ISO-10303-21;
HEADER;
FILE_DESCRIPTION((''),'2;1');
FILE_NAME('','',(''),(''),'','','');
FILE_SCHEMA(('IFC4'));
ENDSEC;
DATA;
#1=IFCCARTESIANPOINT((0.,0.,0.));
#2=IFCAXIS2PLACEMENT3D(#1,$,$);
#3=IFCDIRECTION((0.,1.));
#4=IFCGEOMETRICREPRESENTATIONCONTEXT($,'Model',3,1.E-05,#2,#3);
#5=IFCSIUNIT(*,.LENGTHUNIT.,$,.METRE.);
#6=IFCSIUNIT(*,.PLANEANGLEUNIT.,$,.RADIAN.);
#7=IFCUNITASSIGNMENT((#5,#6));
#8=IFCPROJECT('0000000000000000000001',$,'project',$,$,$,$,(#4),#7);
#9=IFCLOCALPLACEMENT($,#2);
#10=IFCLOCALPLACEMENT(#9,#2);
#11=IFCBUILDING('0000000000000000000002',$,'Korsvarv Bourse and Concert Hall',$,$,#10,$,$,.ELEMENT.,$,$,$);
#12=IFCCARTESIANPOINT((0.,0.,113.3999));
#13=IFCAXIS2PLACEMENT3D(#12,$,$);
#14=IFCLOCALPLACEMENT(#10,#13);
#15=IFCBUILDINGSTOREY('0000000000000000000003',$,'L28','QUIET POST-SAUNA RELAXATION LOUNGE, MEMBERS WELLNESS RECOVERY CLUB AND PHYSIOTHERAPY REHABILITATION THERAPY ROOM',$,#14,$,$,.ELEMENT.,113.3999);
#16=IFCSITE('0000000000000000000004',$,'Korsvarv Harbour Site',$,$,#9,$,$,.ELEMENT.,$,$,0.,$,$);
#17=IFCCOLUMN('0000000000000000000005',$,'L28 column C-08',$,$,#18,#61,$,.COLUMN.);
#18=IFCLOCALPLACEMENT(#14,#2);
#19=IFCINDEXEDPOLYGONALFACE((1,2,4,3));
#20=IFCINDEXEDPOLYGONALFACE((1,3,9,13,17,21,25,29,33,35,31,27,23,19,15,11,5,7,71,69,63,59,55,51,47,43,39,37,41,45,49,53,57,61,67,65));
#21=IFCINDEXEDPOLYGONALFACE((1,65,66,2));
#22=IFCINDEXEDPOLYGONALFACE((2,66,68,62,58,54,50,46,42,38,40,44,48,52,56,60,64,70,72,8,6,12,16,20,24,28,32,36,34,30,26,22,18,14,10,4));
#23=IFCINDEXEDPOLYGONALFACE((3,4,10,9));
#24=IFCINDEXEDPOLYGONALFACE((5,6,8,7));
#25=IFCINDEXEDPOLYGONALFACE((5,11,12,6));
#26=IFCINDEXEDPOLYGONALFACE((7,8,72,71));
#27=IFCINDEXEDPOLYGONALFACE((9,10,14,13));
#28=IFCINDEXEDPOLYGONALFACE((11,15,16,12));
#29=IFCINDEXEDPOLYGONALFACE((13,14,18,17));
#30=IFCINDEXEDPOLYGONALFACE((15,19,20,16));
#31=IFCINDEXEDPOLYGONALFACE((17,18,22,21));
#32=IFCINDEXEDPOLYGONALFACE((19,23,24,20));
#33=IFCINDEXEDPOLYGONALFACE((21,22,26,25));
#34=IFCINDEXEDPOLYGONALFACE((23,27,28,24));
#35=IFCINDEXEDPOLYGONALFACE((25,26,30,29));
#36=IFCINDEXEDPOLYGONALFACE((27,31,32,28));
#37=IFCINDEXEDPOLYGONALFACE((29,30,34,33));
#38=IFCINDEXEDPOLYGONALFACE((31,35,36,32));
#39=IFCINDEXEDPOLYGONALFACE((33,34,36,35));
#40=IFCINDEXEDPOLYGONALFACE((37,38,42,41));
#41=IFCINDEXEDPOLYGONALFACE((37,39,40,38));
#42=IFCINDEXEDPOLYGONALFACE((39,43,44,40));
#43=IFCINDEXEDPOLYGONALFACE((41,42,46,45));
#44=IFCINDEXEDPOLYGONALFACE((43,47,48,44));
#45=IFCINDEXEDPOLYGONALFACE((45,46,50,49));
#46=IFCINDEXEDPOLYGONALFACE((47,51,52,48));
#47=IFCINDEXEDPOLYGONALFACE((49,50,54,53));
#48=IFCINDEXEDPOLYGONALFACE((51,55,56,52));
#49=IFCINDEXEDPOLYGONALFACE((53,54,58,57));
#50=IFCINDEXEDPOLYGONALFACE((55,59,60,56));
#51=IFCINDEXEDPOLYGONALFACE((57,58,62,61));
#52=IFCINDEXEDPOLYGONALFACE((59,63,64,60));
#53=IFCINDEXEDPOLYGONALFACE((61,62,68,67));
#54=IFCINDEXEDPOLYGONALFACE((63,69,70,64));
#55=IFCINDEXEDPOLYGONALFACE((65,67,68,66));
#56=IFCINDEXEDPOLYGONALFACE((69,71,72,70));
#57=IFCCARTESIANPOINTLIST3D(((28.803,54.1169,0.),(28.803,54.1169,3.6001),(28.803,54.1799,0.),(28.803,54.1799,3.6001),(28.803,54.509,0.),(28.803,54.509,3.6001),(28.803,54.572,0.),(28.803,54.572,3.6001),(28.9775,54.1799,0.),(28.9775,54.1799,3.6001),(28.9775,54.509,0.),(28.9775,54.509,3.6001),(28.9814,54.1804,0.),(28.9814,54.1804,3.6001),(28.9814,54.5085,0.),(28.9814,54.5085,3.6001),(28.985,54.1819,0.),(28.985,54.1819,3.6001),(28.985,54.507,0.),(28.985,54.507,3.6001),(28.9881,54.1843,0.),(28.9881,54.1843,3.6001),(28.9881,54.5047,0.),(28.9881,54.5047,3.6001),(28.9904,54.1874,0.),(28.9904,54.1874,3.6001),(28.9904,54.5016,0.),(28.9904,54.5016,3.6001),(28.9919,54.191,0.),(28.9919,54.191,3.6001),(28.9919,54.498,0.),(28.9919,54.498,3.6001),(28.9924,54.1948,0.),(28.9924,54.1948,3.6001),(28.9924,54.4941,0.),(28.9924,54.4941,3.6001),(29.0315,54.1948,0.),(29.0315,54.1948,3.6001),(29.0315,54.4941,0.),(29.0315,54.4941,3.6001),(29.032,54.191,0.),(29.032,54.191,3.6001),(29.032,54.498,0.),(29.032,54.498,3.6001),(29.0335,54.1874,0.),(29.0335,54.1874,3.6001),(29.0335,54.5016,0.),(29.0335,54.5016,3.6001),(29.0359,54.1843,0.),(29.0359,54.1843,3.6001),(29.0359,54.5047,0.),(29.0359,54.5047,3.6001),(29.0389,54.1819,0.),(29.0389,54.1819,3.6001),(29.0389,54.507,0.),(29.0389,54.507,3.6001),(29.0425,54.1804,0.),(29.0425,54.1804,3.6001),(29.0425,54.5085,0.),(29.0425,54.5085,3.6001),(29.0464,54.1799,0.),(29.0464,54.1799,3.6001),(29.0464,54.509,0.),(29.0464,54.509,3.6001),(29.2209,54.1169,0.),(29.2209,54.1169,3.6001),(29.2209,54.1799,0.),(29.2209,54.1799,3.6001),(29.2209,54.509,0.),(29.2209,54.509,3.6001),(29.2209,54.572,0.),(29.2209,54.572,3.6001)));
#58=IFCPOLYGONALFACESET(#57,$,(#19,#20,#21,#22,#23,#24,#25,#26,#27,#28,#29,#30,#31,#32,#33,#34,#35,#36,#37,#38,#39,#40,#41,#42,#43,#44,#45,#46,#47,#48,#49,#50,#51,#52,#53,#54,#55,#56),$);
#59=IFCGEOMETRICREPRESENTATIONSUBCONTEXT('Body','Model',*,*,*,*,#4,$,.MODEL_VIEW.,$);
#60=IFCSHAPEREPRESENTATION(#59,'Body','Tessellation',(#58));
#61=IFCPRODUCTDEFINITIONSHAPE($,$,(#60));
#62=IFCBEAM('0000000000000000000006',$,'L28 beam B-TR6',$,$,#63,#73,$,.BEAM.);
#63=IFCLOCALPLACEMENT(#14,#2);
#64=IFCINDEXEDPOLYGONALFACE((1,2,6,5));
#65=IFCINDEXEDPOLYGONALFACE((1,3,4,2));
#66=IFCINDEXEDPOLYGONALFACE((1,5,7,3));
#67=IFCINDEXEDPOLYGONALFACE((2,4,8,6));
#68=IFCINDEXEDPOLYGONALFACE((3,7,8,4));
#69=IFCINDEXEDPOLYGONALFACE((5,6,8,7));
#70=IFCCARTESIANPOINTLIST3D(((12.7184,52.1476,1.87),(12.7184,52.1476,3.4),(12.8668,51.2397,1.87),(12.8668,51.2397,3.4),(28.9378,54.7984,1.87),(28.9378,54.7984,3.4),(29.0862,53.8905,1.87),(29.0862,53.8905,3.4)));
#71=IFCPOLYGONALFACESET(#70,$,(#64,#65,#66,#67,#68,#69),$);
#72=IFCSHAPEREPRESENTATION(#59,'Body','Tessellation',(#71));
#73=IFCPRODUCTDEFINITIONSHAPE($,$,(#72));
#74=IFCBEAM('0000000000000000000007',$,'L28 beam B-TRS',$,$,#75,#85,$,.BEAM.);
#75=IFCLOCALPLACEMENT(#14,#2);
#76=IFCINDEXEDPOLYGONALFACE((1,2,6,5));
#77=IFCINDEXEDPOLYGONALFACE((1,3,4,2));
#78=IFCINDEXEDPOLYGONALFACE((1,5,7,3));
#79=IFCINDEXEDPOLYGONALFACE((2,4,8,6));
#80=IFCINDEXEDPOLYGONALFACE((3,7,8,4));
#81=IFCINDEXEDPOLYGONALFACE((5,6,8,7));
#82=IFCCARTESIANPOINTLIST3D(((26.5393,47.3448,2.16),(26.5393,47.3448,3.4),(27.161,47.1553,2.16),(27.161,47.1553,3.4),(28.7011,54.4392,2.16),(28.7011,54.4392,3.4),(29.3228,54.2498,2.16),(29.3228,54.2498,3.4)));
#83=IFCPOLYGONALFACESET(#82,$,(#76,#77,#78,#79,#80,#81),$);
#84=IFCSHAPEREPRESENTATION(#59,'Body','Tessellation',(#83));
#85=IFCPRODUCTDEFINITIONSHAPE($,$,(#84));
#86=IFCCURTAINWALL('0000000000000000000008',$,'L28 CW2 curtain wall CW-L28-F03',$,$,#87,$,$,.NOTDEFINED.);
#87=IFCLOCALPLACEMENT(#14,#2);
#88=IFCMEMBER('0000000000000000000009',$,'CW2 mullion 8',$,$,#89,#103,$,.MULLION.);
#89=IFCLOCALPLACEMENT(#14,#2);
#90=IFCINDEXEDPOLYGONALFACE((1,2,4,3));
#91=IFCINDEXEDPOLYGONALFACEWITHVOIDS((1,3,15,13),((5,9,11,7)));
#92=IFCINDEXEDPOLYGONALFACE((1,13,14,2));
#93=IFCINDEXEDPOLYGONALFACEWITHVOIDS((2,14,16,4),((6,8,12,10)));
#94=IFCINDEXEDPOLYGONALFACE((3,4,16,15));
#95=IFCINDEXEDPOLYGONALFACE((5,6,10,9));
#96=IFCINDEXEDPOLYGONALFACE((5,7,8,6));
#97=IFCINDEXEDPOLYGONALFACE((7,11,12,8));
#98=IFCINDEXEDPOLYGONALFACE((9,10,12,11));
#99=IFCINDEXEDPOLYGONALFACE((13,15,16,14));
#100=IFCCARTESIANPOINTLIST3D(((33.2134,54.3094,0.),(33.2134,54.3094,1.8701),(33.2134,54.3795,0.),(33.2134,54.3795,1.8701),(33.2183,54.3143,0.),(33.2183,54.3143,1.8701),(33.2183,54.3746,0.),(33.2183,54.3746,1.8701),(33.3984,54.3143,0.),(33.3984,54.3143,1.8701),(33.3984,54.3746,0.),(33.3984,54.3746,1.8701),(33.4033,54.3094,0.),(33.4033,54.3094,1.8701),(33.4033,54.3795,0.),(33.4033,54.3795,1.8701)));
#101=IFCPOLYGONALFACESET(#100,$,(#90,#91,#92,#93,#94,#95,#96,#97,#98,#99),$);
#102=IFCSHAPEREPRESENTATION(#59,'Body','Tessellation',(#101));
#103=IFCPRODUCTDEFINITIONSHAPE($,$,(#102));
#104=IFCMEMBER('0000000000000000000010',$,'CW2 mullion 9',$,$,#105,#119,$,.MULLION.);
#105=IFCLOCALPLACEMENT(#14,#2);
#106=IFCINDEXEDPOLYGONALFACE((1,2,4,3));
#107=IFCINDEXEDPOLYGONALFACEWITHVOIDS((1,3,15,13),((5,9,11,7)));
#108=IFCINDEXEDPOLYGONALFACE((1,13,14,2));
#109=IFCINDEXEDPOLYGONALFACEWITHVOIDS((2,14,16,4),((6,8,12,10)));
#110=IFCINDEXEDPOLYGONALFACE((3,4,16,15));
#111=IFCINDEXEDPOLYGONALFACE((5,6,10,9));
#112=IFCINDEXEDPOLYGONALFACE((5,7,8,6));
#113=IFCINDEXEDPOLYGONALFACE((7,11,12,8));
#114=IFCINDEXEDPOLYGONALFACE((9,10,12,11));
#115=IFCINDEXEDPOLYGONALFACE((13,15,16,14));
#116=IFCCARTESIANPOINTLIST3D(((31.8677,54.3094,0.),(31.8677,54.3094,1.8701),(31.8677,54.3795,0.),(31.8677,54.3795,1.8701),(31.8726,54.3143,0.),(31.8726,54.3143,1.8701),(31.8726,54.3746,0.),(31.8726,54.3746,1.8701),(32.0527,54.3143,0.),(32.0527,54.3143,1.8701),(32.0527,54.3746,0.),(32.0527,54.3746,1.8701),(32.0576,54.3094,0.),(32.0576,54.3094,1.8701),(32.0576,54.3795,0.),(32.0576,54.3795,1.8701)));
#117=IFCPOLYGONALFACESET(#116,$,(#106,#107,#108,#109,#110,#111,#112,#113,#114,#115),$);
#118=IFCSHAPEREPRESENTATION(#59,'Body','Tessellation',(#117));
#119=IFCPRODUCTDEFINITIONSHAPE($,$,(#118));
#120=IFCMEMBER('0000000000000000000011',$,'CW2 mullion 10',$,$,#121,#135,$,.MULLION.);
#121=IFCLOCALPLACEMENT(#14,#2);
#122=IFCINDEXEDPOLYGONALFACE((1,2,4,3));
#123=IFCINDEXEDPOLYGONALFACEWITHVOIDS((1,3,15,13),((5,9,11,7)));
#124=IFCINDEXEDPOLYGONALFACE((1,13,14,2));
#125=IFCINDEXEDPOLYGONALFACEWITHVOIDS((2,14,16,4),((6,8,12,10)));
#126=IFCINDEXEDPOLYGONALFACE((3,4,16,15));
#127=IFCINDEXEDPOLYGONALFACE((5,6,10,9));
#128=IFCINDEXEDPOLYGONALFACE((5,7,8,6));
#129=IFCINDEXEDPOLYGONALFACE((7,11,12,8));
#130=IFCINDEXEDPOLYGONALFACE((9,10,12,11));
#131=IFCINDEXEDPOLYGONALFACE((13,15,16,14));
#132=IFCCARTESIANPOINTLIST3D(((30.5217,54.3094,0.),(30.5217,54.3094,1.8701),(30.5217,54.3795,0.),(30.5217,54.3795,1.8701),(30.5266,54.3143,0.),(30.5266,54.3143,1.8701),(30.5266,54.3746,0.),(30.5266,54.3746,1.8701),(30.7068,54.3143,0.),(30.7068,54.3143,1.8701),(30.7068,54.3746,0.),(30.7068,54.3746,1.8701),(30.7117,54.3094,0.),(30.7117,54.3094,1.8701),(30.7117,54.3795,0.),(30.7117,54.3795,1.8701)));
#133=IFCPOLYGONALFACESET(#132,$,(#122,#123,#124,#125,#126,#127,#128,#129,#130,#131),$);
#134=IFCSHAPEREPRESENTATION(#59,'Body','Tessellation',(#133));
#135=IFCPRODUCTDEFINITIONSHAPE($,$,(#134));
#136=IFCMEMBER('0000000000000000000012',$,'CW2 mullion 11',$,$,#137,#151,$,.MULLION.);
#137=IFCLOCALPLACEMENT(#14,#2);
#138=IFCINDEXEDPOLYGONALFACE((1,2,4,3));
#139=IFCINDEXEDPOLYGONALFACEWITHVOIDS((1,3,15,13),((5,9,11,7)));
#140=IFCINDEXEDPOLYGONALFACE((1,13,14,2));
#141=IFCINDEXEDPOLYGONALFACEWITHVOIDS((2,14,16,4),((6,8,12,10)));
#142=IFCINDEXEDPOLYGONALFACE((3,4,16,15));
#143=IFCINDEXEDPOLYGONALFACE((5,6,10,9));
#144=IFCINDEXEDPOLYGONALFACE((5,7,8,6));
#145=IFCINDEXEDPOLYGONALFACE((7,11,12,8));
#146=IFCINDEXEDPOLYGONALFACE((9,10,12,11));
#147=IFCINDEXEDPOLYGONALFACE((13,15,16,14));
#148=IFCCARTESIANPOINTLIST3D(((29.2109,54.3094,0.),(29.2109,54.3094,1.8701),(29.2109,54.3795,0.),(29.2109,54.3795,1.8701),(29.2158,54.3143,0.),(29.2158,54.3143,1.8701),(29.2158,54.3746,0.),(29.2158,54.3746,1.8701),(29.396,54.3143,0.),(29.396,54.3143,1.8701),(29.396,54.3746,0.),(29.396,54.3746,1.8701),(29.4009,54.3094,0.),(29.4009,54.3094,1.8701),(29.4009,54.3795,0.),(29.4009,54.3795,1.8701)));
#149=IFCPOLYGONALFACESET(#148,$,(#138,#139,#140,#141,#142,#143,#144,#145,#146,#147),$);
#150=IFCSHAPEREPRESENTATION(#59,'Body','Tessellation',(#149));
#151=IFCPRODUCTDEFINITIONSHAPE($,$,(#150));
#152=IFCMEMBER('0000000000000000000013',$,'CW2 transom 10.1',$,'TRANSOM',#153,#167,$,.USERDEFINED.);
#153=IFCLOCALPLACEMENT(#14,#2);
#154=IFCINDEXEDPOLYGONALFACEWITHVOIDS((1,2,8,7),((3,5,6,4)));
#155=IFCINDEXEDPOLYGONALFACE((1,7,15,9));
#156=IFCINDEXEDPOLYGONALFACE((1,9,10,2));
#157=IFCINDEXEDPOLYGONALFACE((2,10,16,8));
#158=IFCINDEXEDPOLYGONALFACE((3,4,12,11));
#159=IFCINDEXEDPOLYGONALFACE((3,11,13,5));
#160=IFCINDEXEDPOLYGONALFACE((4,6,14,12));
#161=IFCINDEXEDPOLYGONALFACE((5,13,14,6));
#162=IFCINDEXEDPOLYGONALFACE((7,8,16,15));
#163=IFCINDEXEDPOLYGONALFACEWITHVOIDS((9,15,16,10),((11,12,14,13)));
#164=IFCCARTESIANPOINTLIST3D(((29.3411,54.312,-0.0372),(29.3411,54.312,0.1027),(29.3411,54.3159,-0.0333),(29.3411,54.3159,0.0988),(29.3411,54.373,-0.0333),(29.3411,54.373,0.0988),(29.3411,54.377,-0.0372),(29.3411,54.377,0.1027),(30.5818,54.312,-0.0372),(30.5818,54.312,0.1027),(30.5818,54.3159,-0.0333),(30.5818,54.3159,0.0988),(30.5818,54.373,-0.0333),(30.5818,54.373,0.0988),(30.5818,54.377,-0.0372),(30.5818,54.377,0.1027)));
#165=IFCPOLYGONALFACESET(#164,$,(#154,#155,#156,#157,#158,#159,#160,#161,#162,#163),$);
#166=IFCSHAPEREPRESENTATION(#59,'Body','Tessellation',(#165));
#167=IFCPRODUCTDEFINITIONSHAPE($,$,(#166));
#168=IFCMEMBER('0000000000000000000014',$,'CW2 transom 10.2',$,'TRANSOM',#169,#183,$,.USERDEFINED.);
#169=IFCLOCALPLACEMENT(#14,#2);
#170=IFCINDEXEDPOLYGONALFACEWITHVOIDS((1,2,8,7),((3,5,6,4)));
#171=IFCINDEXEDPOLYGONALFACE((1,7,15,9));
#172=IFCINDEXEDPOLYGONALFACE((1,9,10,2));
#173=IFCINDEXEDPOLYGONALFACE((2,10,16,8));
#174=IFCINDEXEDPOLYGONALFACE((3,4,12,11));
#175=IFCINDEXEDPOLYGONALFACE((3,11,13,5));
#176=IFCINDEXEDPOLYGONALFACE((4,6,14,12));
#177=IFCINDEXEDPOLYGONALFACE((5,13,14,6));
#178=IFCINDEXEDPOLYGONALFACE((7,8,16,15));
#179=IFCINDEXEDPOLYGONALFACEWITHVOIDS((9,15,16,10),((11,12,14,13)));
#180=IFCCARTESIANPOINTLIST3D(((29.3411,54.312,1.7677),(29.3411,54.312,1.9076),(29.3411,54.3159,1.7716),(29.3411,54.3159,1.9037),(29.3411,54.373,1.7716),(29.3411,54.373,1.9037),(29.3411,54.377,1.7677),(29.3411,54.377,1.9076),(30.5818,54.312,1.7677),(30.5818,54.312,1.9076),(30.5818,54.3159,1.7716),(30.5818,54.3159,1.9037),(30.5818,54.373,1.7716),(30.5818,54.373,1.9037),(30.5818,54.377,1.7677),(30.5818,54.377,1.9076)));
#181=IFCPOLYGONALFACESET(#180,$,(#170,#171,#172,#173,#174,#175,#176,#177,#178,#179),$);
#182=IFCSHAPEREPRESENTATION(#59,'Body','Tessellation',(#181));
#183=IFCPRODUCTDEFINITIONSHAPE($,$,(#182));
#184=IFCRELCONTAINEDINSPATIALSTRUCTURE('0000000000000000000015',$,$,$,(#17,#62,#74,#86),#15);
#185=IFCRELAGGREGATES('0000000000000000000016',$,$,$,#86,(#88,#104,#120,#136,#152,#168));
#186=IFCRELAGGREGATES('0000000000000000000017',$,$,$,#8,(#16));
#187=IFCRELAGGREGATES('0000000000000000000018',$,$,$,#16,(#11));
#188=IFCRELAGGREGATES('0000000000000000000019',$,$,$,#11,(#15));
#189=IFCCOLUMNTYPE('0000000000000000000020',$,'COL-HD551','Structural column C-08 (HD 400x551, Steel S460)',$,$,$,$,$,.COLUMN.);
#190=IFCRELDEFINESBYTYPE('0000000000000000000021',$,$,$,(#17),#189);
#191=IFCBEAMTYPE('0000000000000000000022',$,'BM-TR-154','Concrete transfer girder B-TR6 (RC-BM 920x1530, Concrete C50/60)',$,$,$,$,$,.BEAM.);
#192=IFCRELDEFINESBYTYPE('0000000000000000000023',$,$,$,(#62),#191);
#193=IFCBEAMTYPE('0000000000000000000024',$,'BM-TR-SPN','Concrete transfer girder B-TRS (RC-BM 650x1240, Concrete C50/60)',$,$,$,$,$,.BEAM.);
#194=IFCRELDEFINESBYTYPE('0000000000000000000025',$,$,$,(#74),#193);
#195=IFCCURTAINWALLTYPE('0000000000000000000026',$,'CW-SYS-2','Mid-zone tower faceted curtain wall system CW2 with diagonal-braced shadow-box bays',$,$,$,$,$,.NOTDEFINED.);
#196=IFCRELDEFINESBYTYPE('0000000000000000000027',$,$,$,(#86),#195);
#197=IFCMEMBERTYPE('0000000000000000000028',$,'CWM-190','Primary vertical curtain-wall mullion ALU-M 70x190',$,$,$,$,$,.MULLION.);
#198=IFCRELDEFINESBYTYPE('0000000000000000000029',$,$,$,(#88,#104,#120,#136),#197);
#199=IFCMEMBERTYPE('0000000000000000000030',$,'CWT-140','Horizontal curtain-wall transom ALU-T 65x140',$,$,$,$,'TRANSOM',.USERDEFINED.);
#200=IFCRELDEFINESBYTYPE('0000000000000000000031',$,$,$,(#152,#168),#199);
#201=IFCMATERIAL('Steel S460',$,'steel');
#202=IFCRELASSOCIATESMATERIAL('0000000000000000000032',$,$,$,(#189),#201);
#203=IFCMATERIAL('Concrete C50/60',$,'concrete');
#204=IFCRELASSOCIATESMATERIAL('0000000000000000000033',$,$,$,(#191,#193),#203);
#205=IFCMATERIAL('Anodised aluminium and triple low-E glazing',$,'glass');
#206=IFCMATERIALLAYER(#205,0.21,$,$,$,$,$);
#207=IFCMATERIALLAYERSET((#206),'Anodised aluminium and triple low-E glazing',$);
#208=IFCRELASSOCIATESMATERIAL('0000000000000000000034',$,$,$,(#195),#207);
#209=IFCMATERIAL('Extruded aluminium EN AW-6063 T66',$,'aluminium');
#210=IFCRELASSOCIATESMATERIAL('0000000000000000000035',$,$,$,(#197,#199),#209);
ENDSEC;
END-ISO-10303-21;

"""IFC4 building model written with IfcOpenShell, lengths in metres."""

from ifc_helpers import new_model, si_unit, direction, frame, origin, origin_2d, place, context, subcontext, project, spatial, rectangle, hollow_rectangle, i_section, extrude, source, transform, mapped, material, layer, layer_set, material_profile, profile_set, type_object, element, aggregate, save


model = new_model("IFC4")

# Units and contexts
model_context = context("Model", 3, precision=1e-05, world=origin(), true_north=direction((0.0, 1.0)))
body_context = subcontext(model_context, "Body", "Model", "MODEL_VIEW")
ifc_project = project(units=[si_unit("LENGTHUNIT", "METRE"), si_unit("PLANEANGLEUNIT", "RADIAN")], contexts=[model_context])

# Site, building, storey
site_placement = place(None, origin())
site = spatial("IfcSite", under=ifc_project, at=site_placement, Name="Korsvarv Harbour Site", CompositionType="ELEMENT", RefElevation=0.0)
building_placement = place(site_placement, origin())
building = spatial("IfcBuilding", under=site, at=building_placement, Name="Korsvarv Bourse and Concert Hall", CompositionType="ELEMENT")
storey_placement = place(building_placement, frame((0.0, 0.0, 113.3999)))
storey = spatial("IfcBuildingStorey", under=building, at=storey_placement, Name="L28", Description="QUIET POST-SAUNA RELAXATION LOUNGE, MEMBERS WELLNESS RECOVERY CLUB AND PHYSIOTHERAPY REHABILITATION THERAPY ROOM", CompositionType="ELEMENT", Elevation=113.3999)

# Column
ifc_material_1 = material(Name="Steel S460", Category="steel")
ifc_material_profile_1 = material_profile(ifc_material_1, i_section(OverallWidth=0.418, OverallDepth=0.4551, WebThickness=0.0391, FlangeThickness=0.063, FilletRadius=0.0149, at=origin_2d()), Name="HD 400x551")
ifc_profile_set_1 = profile_set([ifc_material_profile_1], Name="Steel S460")
column_type = type_object("IfcColumnType", Name="COL-HD551", Description="Structural column C-08 (HD 400x551, Steel S460)", PredefinedType="COLUMN", material=ifc_profile_set_1)
shared_shape_1 = source(origin(), body_context, "Body", "SweptSolid", [
    extrude(i_section(OverallWidth=0.418, OverallDepth=0.4551, WebThickness=0.0391, FlangeThickness=0.063, FilletRadius=0.0149, at=origin_2d()), origin(), (0.0, 0.0, 1.0), 3.6001),
])
column_placement = place(storey_placement, frame((29.012, 54.3445, 0.0), z_axis=(0.0, 0.0, 1.0), x_axis=(1.0, 0.0, 0.0)))
element("IfcColumn", 1, at=column_placement, inside=storey, type_object=column_type, Name="L28 column C-08", PredefinedType="COLUMN", context=body_context, shape_type="MappedRepresentation", body=[
    mapped(shared_shape_1, transform((0.0, 0.0, 0.0), scale=1.0)),
])

# Beams
ifc_material_2 = material(Name="Concrete C50/60", Category="concrete")
ifc_material_profile_2 = material_profile(ifc_material_2, rectangle(XDim=0.9199, YDim=1.53, at=origin_2d()), Name="RC-BM 920x1530")
ifc_profile_set_2 = profile_set([ifc_material_profile_2], Name="Concrete C50/60")
beam_type_1 = type_object("IfcBeamType", Name="BM-TR-154", Description="Concrete transfer girder B-TR6 (RC-BM 920x1530, Concrete C50/60)", PredefinedType="BEAM", material=ifc_profile_set_2)
shared_shape_2 = source(origin(), body_context, "Body", "SweptSolid", [
    extrude(rectangle(XDim=0.9199, YDim=1.53, at=origin_2d()), origin(), (0.0, 0.0, 1.0), 16.4346),
])
beam_1_placement = place(storey_placement, frame((29.012, 54.3445, 2.635), z_axis=(-0.986906, -0.161298, 0.0), x_axis=(0.161298, -0.986906, 0.0)))
element("IfcBeam", 2, at=beam_1_placement, inside=storey, type_object=beam_type_1, Name="L28 beam B-TR6", PredefinedType="BEAM", context=body_context, shape_type="MappedRepresentation", body=[
    mapped(shared_shape_2, transform((0.0, 0.0, 0.0), scale=1.0)),
])
ifc_material_profile_3 = material_profile(ifc_material_2, rectangle(XDim=0.6499, YDim=1.24, at=origin_2d()), Name="RC-BM 650x1240")
ifc_profile_set_3 = profile_set([ifc_material_profile_3], Name="Concrete C50/60")
beam_type_2 = type_object("IfcBeamType", Name="BM-TR-SPN", Description="Concrete transfer girder B-TRS (RC-BM 650x1240, Concrete C50/60)", PredefinedType="BEAM", material=ifc_profile_set_3)
shared_shape_3 = source(origin(), body_context, "Body", "SweptSolid", [
    extrude(rectangle(XDim=0.6499, YDim=1.24, at=origin_2d()), origin(), (0.0, 0.0, 1.0), 7.4165),
])
beam_2_placement = place(storey_placement, frame((29.012, 54.3445, 2.78), z_axis=(-0.291492, -0.956573, 0.0), x_axis=(0.956573, -0.291492, 0.0)))
element("IfcBeam", 3, at=beam_2_placement, inside=storey, type_object=beam_type_2, Name="L28 beam B-TRS", PredefinedType="BEAM", context=body_context, shape_type="MappedRepresentation", body=[
    mapped(shared_shape_3, transform((0.0, 0.0, 0.0), scale=1.0)),
])

# Curtain wall, members
ifc_material_3 = material(Name="Anodised aluminium and triple low-E glazing", Category="glass")
ifc_layer_1 = layer(ifc_material_3, 0.21)
ifc_layer_set_1 = layer_set([ifc_layer_1], Name="Anodised aluminium and triple low-E glazing")
curtain_wall_type = type_object("IfcCurtainWallType", Name="CW-SYS-2", Description="Mid-zone tower faceted curtain wall system CW2 with diagonal-braced shadow-box bays", PredefinedType="NOTDEFINED", material=ifc_layer_set_1)
curtain_wall_placement = place(storey_placement, origin())
curtain_wall = element("IfcCurtainWall", 4, at=curtain_wall_placement, inside=storey, type_object=curtain_wall_type, Name="L28 CW2 curtain wall CW-L28-F03", PredefinedType="NOTDEFINED")
ifc_material_4 = material(Name="Extruded aluminium EN AW-6063 T66", Category="aluminium")
ifc_material_profile_4 = material_profile(ifc_material_4, hollow_rectangle(XDim=0.0701, YDim=0.1899, WallThickness=0.0049, at=origin_2d()), Name="ALU-M 70x190")
ifc_profile_set_4 = profile_set([ifc_material_profile_4], Name="Extruded aluminium EN AW-6063 T66")
member_type_1 = type_object("IfcMemberType", Name="CWM-190", Description="Primary vertical curtain-wall mullion ALU-M 70x190", PredefinedType="MULLION", material=ifc_profile_set_4)
shared_shape_4 = source(origin(), body_context, "Body", "SweptSolid", [
    extrude(hollow_rectangle(XDim=0.0701, YDim=0.1899, WallThickness=0.0049, at=origin_2d()), origin(), (0.0, 0.0, 1.0), 1.8701),
])
member_1_placement = place(storey_placement, frame((33.3083, 54.3445, 0.0), z_axis=(0.0, 0.0, 1.0), x_axis=(0.0, -1.0, 0.0)))
member_1 = element("IfcMember", 5, at=member_1_placement, type_object=member_type_1, Name="CW2 mullion 8", PredefinedType="MULLION", context=body_context, shape_type="MappedRepresentation", body=[
    mapped(shared_shape_4, transform((0.0, 0.0, 0.0), scale=1.0)),
])
member_2_placement = place(storey_placement, frame((31.9626, 54.3445, 0.0), z_axis=(0.0, 0.0, 1.0), x_axis=(0.0, -1.0, 0.0)))
member_2 = element("IfcMember", 6, at=member_2_placement, type_object=member_type_1, Name="CW2 mullion 9", PredefinedType="MULLION", context=body_context, shape_type="MappedRepresentation", body=[
    mapped(shared_shape_4, transform((0.0, 0.0, 0.0), scale=1.0)),
])
member_3_placement = place(storey_placement, frame((30.6167, 54.3445, 0.0), z_axis=(0.0, 0.0, 1.0), x_axis=(0.0, -1.0, 0.0)))
member_3 = element("IfcMember", 7, at=member_3_placement, type_object=member_type_1, Name="CW2 mullion 10", PredefinedType="MULLION", context=body_context, shape_type="MappedRepresentation", body=[
    mapped(shared_shape_4, transform((0.0, 0.0, 0.0), scale=1.0)),
])
member_4_placement = place(storey_placement, frame((29.3059, 54.3445, 0.0), z_axis=(0.0, 0.0, 1.0), x_axis=(0.0, -1.0, 0.0)))
member_4 = element("IfcMember", 8, at=member_4_placement, type_object=member_type_1, Name="CW2 mullion 11", PredefinedType="MULLION", context=body_context, shape_type="MappedRepresentation", body=[
    mapped(shared_shape_4, transform((0.0, 0.0, 0.0), scale=1.0)),
])
ifc_material_profile_5 = material_profile(ifc_material_4, hollow_rectangle(XDim=0.0649, YDim=0.1399, WallThickness=0.0039, at=origin_2d()), Name="ALU-T 65x140")
ifc_profile_set_5 = profile_set([ifc_material_profile_5], Name="Extruded aluminium EN AW-6063 T66")
member_type_2 = type_object("IfcMemberType", Name="CWT-140", Description="Horizontal curtain-wall transom ALU-T 65x140", ElementType="TRANSOM", PredefinedType="USERDEFINED", material=ifc_profile_set_5)
shared_shape_5 = source(origin(), body_context, "Body", "SweptSolid", [
    extrude(hollow_rectangle(XDim=0.0649, YDim=0.1399, WallThickness=0.0039, at=origin_2d()), origin(), (0.0, 0.0, 1.0), 1.2407),
])
member_5_placement = place(storey_placement, frame((30.5818, 54.3445, 0.0327), z_axis=(-1.0, 0.0, 0.0), x_axis=(0.0, -1.0, 0.0)))
member_5 = element("IfcMember", 9, at=member_5_placement, type_object=member_type_2, Name="CW2 transom 10.1", ObjectType="TRANSOM", PredefinedType="USERDEFINED", context=body_context, shape_type="MappedRepresentation", body=[
    mapped(shared_shape_5, transform((0.0, 0.0, 0.0), scale=1.0)),
])
member_6_placement = place(storey_placement, frame((30.5818, 54.3445, 1.8376), z_axis=(-1.0, 0.0, 0.0), x_axis=(0.0, -1.0, 0.0)))
member_6 = element("IfcMember", 10, at=member_6_placement, type_object=member_type_2, Name="CW2 transom 10.2", ObjectType="TRANSOM", PredefinedType="USERDEFINED", context=body_context, shape_type="MappedRepresentation", body=[
    mapped(shared_shape_5, transform((0.0, 0.0, 0.0), scale=1.0)),
])
aggregate(curtain_wall, [member_1, member_2, member_3, member_4, member_5, member_6])

save(model, "model.ifc")
